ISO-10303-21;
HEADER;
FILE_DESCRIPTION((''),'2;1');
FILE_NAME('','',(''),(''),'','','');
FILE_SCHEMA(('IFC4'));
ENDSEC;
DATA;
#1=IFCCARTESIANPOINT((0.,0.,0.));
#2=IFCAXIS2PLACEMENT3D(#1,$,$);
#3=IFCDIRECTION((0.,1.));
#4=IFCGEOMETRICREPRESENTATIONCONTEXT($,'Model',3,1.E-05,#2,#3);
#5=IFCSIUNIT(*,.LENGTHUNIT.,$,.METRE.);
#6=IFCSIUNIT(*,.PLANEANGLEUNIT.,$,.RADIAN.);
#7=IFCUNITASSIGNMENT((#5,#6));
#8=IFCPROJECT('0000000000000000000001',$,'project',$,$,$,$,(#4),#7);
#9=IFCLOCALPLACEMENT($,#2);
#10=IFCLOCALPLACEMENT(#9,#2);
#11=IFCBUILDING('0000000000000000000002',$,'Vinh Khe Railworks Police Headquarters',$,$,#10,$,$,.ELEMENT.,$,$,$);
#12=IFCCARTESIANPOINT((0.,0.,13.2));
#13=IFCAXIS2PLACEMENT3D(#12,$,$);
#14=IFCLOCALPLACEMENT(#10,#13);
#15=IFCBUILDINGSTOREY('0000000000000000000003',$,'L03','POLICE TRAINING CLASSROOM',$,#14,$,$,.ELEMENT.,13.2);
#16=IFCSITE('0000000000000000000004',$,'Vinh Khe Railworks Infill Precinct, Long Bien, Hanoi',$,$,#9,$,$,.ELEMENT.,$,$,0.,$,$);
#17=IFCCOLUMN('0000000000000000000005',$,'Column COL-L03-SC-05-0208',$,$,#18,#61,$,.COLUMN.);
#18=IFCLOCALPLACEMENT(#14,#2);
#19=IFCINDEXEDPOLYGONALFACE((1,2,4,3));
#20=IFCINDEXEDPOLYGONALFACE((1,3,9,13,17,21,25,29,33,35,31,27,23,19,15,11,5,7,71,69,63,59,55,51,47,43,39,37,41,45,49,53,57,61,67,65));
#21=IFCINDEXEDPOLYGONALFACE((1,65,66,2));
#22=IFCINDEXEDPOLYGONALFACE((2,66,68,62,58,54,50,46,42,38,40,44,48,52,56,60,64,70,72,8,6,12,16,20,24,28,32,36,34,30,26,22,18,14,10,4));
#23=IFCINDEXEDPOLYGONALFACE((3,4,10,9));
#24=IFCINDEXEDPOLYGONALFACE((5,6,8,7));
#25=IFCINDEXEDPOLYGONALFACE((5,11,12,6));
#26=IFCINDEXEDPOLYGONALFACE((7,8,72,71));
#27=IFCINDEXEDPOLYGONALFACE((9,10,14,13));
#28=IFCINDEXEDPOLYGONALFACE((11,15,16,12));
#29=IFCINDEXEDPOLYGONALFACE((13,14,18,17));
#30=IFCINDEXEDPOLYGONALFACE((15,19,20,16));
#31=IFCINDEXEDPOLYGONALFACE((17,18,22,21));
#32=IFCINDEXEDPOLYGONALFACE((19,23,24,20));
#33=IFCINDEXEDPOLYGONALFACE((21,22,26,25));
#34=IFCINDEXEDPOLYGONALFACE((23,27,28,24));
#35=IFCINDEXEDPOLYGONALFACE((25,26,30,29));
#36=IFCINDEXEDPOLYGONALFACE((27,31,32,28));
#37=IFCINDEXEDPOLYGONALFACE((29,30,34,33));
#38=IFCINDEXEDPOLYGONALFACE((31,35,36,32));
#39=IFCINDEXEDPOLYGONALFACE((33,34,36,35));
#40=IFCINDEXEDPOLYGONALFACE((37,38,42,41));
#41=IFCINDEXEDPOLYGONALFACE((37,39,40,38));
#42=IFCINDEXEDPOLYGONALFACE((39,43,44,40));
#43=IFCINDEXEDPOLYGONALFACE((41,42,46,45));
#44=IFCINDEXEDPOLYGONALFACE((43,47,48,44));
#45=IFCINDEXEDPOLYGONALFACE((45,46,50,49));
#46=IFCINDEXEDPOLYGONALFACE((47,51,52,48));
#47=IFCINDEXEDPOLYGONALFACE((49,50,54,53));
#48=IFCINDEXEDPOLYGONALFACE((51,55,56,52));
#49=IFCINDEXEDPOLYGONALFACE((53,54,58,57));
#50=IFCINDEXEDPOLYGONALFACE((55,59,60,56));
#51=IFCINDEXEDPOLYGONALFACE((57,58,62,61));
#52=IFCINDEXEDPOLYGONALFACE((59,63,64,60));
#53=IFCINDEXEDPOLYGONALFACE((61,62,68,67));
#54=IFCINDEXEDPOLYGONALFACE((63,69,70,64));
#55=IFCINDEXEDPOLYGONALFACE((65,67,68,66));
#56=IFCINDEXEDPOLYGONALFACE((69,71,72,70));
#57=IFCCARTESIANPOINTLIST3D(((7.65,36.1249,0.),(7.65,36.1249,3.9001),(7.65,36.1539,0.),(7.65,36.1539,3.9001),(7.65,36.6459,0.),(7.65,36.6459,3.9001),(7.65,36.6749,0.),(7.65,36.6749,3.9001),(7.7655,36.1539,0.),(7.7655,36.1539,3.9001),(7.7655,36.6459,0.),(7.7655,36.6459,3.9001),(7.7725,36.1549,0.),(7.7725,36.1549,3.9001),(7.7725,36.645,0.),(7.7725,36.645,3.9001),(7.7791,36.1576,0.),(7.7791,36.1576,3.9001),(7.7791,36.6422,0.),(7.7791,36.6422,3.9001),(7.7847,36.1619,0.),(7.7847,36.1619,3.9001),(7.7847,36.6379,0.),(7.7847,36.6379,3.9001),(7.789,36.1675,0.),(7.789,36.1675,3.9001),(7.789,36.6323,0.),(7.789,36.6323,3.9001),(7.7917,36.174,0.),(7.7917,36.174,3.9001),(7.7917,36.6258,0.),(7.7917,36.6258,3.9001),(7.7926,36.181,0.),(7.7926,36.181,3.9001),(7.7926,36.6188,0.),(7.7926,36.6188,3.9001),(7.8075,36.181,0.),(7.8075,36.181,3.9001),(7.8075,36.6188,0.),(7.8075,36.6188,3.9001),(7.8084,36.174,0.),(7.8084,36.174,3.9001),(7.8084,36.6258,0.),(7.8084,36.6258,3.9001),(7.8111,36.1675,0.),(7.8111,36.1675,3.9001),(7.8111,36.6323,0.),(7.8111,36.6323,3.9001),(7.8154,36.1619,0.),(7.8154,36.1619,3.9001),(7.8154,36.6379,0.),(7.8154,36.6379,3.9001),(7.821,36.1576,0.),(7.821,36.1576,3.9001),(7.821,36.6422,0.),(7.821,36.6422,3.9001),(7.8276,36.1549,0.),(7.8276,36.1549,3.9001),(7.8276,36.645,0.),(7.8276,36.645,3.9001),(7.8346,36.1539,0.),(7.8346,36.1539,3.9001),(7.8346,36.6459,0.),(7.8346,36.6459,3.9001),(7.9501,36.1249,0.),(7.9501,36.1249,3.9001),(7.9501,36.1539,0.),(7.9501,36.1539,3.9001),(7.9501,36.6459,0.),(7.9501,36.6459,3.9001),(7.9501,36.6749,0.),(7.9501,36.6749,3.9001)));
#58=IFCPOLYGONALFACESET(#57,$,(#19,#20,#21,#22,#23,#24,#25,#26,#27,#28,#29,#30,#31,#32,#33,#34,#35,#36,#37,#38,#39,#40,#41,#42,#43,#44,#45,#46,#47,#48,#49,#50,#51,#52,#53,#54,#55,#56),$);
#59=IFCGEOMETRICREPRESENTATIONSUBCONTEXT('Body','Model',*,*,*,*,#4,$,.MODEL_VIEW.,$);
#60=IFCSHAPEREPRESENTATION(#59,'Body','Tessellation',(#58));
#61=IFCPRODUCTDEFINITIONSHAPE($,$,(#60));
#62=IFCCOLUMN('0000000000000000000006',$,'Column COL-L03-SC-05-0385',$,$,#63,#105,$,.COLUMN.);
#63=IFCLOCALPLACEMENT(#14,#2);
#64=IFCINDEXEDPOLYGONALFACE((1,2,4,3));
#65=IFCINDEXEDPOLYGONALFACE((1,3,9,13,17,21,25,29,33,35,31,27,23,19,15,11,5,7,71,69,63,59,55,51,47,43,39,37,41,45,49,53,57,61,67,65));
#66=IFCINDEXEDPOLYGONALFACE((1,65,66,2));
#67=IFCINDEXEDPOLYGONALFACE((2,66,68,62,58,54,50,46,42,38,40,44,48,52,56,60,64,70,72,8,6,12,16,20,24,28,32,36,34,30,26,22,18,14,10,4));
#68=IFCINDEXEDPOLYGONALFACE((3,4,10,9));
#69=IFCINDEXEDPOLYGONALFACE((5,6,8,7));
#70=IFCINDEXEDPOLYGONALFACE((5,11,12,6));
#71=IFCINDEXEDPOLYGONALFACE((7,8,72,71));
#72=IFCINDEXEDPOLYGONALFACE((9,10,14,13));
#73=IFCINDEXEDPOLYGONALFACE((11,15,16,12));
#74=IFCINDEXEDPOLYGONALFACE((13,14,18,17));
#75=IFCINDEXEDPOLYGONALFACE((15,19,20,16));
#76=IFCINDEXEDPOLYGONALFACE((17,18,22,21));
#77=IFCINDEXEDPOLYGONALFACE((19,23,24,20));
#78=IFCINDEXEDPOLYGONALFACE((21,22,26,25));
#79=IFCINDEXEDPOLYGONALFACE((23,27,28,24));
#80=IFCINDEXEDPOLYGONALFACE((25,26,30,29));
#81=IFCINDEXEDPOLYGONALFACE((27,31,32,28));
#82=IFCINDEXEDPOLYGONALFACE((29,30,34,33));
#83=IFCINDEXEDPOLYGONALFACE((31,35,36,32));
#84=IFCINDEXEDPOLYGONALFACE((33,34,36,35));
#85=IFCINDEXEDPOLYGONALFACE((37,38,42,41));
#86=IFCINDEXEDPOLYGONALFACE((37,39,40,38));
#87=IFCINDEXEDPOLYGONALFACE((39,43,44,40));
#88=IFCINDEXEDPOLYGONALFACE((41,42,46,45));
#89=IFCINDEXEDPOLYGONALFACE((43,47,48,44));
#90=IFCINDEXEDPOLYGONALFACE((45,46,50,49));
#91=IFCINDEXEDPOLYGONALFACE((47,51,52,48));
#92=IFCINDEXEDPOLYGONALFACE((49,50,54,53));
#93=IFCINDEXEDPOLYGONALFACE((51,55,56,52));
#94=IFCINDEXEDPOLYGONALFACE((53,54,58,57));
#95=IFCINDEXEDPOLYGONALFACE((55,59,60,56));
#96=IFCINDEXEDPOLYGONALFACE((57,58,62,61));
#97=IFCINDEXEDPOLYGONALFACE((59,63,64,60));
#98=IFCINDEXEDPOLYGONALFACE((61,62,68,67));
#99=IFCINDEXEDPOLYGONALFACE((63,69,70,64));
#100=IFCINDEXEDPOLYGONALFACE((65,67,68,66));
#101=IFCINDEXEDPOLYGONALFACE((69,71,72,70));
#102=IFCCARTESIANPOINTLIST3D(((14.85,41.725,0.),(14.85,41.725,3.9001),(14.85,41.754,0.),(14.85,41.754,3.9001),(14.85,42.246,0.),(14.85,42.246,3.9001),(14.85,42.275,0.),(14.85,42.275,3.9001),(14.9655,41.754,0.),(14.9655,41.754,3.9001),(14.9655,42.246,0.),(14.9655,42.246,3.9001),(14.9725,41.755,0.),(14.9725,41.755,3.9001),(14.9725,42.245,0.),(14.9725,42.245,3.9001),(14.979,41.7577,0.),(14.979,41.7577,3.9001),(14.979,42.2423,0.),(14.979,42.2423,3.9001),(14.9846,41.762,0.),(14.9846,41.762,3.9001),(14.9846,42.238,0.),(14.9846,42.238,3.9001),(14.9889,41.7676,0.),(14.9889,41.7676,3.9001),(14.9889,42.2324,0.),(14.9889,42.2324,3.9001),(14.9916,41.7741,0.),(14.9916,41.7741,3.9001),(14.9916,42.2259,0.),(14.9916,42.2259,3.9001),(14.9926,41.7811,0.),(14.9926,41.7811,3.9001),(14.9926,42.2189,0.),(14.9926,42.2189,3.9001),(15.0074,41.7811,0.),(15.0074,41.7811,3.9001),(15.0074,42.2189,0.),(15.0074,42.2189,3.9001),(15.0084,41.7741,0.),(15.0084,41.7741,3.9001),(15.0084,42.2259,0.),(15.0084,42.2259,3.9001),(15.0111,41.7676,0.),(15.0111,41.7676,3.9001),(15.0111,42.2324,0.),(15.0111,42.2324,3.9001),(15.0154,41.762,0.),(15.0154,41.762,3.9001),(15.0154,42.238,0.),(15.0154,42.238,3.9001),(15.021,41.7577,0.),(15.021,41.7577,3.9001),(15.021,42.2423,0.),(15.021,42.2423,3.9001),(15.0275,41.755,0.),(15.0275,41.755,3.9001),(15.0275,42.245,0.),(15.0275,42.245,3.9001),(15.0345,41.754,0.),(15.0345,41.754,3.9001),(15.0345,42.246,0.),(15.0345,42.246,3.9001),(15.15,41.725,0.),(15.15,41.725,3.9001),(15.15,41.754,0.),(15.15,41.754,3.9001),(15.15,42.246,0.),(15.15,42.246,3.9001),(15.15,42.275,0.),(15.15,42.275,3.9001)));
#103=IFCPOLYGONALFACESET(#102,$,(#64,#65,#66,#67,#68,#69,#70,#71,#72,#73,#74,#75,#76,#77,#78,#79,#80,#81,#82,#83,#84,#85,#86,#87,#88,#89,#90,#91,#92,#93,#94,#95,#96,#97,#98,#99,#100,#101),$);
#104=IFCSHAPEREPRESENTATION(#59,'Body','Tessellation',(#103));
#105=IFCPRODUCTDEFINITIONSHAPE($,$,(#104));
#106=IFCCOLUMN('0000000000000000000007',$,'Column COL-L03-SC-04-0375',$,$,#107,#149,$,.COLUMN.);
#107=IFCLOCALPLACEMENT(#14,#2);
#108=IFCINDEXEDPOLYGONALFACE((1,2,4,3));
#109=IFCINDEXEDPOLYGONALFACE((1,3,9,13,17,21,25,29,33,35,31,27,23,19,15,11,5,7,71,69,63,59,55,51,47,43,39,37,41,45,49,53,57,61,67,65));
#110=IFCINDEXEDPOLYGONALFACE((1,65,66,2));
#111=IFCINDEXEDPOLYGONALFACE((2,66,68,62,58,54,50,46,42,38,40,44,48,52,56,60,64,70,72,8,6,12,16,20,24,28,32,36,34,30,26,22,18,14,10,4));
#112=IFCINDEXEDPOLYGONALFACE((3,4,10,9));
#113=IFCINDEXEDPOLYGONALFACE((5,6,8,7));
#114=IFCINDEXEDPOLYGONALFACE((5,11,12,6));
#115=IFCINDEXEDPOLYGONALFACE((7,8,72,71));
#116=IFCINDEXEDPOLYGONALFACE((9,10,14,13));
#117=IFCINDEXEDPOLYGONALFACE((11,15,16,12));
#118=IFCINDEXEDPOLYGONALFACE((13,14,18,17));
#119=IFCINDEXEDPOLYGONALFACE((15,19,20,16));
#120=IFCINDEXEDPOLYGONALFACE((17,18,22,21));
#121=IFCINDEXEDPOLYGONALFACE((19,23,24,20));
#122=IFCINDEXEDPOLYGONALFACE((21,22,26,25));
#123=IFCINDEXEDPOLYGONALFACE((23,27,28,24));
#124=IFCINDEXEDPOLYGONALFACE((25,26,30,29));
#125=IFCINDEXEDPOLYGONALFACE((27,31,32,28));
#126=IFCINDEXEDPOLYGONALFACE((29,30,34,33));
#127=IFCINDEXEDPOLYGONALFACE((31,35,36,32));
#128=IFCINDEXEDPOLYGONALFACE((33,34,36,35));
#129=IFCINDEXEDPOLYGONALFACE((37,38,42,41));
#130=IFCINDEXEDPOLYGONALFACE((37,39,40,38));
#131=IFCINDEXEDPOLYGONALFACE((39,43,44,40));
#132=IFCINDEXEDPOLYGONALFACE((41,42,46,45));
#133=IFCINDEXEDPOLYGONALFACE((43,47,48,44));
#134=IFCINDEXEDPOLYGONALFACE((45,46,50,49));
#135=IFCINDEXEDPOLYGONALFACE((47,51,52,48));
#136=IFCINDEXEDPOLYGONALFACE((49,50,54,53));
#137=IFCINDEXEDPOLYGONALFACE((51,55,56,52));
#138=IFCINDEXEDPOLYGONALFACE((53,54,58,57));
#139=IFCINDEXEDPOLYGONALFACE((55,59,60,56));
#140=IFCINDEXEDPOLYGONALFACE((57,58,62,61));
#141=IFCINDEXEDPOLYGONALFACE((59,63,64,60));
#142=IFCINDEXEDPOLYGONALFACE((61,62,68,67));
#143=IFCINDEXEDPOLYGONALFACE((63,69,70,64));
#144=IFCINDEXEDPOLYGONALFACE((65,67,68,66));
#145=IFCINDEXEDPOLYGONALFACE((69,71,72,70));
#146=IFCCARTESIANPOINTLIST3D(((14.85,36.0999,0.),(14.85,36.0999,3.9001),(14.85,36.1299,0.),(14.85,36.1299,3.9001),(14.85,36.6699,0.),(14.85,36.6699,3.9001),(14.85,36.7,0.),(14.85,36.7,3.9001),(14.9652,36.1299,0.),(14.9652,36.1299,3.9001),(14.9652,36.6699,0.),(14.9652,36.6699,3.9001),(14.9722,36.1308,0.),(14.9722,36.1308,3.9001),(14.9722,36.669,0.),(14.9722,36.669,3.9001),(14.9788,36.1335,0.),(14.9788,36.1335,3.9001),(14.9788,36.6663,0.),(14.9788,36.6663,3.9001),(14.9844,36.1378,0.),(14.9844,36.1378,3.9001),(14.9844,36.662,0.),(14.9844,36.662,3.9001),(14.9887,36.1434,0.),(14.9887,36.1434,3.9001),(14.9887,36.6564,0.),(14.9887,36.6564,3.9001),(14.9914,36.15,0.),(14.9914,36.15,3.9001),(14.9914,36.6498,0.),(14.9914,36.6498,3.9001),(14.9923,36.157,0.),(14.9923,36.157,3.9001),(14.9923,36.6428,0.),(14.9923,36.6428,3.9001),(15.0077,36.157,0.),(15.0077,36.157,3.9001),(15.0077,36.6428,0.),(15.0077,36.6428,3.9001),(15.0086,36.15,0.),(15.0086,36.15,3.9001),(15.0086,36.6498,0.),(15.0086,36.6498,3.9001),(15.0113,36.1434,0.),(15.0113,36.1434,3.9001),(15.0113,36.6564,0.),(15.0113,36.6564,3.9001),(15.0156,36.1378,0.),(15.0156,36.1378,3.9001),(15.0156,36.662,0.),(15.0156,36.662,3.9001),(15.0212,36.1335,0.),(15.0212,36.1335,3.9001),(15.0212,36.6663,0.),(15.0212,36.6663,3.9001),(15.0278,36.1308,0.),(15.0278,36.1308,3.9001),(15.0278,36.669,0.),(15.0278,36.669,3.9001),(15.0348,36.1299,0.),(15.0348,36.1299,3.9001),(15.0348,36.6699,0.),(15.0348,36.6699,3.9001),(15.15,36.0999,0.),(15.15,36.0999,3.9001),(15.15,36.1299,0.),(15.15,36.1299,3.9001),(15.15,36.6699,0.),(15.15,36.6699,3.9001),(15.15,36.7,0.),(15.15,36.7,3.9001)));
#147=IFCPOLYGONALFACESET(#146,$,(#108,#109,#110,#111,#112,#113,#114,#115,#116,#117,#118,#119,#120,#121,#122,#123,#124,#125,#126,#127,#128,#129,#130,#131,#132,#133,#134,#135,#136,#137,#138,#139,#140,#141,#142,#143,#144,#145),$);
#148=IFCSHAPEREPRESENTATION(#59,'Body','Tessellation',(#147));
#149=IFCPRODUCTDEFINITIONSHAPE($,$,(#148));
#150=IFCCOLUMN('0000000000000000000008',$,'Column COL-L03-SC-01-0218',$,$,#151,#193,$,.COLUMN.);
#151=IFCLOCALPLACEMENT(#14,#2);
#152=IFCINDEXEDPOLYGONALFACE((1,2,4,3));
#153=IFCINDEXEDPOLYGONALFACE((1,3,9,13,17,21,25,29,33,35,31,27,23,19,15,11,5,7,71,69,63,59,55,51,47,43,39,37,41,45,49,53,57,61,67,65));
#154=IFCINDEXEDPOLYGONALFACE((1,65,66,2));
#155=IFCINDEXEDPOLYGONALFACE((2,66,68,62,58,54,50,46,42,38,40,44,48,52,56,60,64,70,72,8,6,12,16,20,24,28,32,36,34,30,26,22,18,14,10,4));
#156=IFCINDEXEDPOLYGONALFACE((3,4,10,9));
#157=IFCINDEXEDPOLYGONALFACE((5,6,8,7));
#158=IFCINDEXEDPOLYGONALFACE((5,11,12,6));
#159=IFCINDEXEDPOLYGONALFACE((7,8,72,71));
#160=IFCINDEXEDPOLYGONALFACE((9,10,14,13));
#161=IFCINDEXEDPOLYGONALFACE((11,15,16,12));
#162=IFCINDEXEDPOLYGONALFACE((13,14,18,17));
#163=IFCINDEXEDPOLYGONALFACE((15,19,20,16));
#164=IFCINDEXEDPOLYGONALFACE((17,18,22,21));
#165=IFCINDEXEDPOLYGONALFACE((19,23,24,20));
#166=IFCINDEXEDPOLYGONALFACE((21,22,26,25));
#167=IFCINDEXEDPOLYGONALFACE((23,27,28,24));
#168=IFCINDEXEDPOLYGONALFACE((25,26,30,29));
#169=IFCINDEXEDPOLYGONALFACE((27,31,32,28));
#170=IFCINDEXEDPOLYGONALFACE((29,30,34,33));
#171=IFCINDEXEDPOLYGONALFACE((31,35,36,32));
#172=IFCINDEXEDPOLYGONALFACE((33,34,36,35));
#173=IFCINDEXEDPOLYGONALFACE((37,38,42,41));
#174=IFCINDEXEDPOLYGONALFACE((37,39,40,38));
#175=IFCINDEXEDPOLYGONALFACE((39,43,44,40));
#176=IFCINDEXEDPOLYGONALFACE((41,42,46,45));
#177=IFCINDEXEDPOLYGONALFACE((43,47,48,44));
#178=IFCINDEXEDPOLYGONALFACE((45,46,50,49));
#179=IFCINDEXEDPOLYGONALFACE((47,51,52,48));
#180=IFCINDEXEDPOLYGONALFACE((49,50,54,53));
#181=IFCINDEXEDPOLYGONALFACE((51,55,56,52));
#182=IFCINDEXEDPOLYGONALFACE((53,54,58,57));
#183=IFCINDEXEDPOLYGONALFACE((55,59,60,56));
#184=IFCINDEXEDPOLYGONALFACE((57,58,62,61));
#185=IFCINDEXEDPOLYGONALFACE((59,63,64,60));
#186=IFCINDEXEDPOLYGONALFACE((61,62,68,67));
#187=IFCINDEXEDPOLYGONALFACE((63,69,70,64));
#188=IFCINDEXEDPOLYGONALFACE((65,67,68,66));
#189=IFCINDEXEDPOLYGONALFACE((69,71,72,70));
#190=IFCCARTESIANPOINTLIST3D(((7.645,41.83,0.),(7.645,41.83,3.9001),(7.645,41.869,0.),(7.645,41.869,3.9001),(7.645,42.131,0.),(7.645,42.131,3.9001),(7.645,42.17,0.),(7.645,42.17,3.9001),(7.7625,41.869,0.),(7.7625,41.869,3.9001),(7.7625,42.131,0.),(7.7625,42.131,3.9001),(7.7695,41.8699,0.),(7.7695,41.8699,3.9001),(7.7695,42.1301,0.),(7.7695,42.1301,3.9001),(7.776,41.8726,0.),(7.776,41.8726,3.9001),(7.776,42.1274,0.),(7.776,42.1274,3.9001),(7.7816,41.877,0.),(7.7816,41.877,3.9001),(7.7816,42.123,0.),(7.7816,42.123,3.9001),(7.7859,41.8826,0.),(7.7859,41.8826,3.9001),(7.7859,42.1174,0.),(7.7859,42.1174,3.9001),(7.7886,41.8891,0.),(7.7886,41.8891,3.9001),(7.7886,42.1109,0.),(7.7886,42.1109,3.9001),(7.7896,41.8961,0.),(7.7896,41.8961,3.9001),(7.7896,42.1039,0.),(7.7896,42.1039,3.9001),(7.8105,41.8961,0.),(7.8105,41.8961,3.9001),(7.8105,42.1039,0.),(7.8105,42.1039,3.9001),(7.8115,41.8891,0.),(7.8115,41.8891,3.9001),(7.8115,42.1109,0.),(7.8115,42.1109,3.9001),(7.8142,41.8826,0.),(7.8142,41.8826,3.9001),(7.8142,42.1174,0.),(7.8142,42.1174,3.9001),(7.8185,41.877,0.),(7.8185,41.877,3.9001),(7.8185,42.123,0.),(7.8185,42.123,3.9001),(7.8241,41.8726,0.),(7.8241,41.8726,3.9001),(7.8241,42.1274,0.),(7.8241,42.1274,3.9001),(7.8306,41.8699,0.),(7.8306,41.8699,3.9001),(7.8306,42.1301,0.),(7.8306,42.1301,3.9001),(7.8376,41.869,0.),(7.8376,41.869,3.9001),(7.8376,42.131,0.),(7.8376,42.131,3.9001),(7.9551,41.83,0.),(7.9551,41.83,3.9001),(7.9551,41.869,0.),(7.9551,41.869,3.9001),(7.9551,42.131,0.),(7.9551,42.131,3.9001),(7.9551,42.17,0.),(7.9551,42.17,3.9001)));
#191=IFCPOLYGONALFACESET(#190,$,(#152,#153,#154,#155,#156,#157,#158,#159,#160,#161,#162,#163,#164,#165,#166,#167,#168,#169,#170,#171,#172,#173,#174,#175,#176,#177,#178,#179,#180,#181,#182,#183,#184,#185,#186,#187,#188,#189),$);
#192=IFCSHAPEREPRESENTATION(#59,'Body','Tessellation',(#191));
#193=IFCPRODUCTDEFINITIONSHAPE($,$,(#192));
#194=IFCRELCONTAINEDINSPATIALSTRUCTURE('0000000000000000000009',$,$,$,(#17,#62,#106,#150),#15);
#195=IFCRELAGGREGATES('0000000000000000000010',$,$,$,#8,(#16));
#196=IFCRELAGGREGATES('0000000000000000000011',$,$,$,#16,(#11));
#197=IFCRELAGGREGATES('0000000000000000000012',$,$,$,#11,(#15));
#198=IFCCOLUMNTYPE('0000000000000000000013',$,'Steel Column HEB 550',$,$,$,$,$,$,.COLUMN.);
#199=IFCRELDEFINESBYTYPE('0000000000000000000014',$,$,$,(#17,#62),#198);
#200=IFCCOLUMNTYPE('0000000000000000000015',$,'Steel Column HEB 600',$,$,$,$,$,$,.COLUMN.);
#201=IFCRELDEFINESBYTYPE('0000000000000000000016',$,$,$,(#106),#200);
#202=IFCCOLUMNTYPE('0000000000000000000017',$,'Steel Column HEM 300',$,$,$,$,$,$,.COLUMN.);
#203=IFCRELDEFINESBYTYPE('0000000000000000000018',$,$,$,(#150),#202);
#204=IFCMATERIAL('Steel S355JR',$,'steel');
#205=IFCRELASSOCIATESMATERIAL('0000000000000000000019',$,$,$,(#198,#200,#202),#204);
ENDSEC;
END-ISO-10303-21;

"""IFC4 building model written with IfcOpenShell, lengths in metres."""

from ifc_helpers import new_model, si_unit, direction, frame, origin, origin_2d, place, context, subcontext, project, spatial, i_section, extrude, material, material_profile, profile_set, type_object, element, save


model = new_model("IFC4")

# Units and contexts
model_context = context("Model", 3, precision=1e-05, world=origin(), true_north=direction((0.0, 1.0)))
body_context = subcontext(model_context, "Body", "Model", "MODEL_VIEW")
ifc_project = project(units=[si_unit("LENGTHUNIT", "METRE"), si_unit("PLANEANGLEUNIT", "RADIAN")], contexts=[model_context])

# Site, building, storey
site_placement = place(None, origin())
site = spatial("IfcSite", under=ifc_project, at=site_placement, Name="Vinh Khe Railworks Infill Precinct, Long Bien, Hanoi", CompositionType="ELEMENT", RefElevation=0.0)
building_placement = place(site_placement, origin())
building = spatial("IfcBuilding", under=site, at=building_placement, Name="Vinh Khe Railworks Police Headquarters", CompositionType="ELEMENT")
storey_placement = place(building_placement, frame((0.0, 0.0, 13.2)))
storey = spatial("IfcBuildingStorey", under=building, at=storey_placement, Name="L03", Description="POLICE TRAINING CLASSROOM", CompositionType="ELEMENT", Elevation=13.2)

# Columns
ifc_material_1 = material(Name="Steel S355JR", Category="steel")
ifc_material_profile_1 = material_profile(ifc_material_1, i_section(OverallWidth=0.3, OverallDepth=0.55, WebThickness=0.0149, FlangeThickness=0.0291, FilletRadius=0.0271, at=origin_2d()), Name="HEB 550")
ifc_profile_set_1 = profile_set([ifc_material_profile_1], Name="Steel S355JR")
column_type_1 = type_object("IfcColumnType", Name="Steel Column HEB 550", PredefinedType="COLUMN", material=ifc_profile_set_1)
for number, where, z_axis, x_axis, name in (
    (1, (7.8, 36.3999, 0.0), (0.0, 0.0, 1.0), (1.0, 0.0, 0.0), "Column COL-L03-SC-05-0208"),
    (2, (15.0, 42.0, 0.0), (0.0, 0.0, 1.0), (1.0, 0.0, 0.0), "Column COL-L03-SC-05-0385"),
):
    element("IfcColumn", number, at=place(storey_placement, frame(where, z_axis=z_axis, x_axis=x_axis)), inside=storey, type_object=column_type_1, Name=name, PredefinedType="COLUMN", context=body_context, shape_type="SweptSolid", body=[
        extrude(i_section(OverallWidth=0.3, OverallDepth=0.55, WebThickness=0.0149, FlangeThickness=0.0291, FilletRadius=0.0271, at=origin_2d()), origin(), (0.0, 0.0, 1.0), 3.9001),
    ])
ifc_material_profile_2 = material_profile(ifc_material_1, i_section(OverallWidth=0.3, OverallDepth=0.6001, WebThickness=0.0154, FlangeThickness=0.03, FilletRadius=0.0271, at=origin_2d()), Name="HEB 600")
ifc_profile_set_2 = profile_set([ifc_material_profile_2], Name="Steel S355JR")
column_type_2 = type_object("IfcColumnType", Name="Steel Column HEB 600", PredefinedType="COLUMN", material=ifc_profile_set_2)
column_1_placement = place(storey_placement, frame((15.0, 36.3999, 0.0), z_axis=(0.0, 0.0, 1.0), x_axis=(1.0, 0.0, 0.0)))
element("IfcColumn", 3, at=column_1_placement, inside=storey, type_object=column_type_2, Name="Column COL-L03-SC-04-0375", PredefinedType="COLUMN", context=body_context, shape_type="SweptSolid", body=[
    extrude(i_section(OverallWidth=0.3, OverallDepth=0.6001, WebThickness=0.0154, FlangeThickness=0.03, FilletRadius=0.0271, at=origin_2d()), origin(), (0.0, 0.0, 1.0), 3.9001),
])
ifc_material_profile_3 = material_profile(ifc_material_1, i_section(OverallWidth=0.3101, OverallDepth=0.3401, WebThickness=0.021, FlangeThickness=0.0391, FilletRadius=0.0271, at=origin_2d()), Name="HEM 300")
ifc_profile_set_3 = profile_set([ifc_material_profile_3], Name="Steel S355JR")
column_type_3 = type_object("IfcColumnType", Name="Steel Column HEM 300", PredefinedType="COLUMN", material=ifc_profile_set_3)
column_2_placement = place(storey_placement, frame((7.8, 42.0, 0.0), z_axis=(0.0, 0.0, 1.0), x_axis=(1.0, 0.0, 0.0)))
element("IfcColumn", 4, at=column_2_placement, inside=storey, type_object=column_type_3, Name="Column COL-L03-SC-01-0218", PredefinedType="COLUMN", context=body_context, shape_type="SweptSolid", body=[
    extrude(i_section(OverallWidth=0.3101, OverallDepth=0.3401, WebThickness=0.021, FlangeThickness=0.0391, FilletRadius=0.0271, at=origin_2d()), origin(), (0.0, 0.0, 1.0), 3.9001),
])

save(model, "model.ifc")
